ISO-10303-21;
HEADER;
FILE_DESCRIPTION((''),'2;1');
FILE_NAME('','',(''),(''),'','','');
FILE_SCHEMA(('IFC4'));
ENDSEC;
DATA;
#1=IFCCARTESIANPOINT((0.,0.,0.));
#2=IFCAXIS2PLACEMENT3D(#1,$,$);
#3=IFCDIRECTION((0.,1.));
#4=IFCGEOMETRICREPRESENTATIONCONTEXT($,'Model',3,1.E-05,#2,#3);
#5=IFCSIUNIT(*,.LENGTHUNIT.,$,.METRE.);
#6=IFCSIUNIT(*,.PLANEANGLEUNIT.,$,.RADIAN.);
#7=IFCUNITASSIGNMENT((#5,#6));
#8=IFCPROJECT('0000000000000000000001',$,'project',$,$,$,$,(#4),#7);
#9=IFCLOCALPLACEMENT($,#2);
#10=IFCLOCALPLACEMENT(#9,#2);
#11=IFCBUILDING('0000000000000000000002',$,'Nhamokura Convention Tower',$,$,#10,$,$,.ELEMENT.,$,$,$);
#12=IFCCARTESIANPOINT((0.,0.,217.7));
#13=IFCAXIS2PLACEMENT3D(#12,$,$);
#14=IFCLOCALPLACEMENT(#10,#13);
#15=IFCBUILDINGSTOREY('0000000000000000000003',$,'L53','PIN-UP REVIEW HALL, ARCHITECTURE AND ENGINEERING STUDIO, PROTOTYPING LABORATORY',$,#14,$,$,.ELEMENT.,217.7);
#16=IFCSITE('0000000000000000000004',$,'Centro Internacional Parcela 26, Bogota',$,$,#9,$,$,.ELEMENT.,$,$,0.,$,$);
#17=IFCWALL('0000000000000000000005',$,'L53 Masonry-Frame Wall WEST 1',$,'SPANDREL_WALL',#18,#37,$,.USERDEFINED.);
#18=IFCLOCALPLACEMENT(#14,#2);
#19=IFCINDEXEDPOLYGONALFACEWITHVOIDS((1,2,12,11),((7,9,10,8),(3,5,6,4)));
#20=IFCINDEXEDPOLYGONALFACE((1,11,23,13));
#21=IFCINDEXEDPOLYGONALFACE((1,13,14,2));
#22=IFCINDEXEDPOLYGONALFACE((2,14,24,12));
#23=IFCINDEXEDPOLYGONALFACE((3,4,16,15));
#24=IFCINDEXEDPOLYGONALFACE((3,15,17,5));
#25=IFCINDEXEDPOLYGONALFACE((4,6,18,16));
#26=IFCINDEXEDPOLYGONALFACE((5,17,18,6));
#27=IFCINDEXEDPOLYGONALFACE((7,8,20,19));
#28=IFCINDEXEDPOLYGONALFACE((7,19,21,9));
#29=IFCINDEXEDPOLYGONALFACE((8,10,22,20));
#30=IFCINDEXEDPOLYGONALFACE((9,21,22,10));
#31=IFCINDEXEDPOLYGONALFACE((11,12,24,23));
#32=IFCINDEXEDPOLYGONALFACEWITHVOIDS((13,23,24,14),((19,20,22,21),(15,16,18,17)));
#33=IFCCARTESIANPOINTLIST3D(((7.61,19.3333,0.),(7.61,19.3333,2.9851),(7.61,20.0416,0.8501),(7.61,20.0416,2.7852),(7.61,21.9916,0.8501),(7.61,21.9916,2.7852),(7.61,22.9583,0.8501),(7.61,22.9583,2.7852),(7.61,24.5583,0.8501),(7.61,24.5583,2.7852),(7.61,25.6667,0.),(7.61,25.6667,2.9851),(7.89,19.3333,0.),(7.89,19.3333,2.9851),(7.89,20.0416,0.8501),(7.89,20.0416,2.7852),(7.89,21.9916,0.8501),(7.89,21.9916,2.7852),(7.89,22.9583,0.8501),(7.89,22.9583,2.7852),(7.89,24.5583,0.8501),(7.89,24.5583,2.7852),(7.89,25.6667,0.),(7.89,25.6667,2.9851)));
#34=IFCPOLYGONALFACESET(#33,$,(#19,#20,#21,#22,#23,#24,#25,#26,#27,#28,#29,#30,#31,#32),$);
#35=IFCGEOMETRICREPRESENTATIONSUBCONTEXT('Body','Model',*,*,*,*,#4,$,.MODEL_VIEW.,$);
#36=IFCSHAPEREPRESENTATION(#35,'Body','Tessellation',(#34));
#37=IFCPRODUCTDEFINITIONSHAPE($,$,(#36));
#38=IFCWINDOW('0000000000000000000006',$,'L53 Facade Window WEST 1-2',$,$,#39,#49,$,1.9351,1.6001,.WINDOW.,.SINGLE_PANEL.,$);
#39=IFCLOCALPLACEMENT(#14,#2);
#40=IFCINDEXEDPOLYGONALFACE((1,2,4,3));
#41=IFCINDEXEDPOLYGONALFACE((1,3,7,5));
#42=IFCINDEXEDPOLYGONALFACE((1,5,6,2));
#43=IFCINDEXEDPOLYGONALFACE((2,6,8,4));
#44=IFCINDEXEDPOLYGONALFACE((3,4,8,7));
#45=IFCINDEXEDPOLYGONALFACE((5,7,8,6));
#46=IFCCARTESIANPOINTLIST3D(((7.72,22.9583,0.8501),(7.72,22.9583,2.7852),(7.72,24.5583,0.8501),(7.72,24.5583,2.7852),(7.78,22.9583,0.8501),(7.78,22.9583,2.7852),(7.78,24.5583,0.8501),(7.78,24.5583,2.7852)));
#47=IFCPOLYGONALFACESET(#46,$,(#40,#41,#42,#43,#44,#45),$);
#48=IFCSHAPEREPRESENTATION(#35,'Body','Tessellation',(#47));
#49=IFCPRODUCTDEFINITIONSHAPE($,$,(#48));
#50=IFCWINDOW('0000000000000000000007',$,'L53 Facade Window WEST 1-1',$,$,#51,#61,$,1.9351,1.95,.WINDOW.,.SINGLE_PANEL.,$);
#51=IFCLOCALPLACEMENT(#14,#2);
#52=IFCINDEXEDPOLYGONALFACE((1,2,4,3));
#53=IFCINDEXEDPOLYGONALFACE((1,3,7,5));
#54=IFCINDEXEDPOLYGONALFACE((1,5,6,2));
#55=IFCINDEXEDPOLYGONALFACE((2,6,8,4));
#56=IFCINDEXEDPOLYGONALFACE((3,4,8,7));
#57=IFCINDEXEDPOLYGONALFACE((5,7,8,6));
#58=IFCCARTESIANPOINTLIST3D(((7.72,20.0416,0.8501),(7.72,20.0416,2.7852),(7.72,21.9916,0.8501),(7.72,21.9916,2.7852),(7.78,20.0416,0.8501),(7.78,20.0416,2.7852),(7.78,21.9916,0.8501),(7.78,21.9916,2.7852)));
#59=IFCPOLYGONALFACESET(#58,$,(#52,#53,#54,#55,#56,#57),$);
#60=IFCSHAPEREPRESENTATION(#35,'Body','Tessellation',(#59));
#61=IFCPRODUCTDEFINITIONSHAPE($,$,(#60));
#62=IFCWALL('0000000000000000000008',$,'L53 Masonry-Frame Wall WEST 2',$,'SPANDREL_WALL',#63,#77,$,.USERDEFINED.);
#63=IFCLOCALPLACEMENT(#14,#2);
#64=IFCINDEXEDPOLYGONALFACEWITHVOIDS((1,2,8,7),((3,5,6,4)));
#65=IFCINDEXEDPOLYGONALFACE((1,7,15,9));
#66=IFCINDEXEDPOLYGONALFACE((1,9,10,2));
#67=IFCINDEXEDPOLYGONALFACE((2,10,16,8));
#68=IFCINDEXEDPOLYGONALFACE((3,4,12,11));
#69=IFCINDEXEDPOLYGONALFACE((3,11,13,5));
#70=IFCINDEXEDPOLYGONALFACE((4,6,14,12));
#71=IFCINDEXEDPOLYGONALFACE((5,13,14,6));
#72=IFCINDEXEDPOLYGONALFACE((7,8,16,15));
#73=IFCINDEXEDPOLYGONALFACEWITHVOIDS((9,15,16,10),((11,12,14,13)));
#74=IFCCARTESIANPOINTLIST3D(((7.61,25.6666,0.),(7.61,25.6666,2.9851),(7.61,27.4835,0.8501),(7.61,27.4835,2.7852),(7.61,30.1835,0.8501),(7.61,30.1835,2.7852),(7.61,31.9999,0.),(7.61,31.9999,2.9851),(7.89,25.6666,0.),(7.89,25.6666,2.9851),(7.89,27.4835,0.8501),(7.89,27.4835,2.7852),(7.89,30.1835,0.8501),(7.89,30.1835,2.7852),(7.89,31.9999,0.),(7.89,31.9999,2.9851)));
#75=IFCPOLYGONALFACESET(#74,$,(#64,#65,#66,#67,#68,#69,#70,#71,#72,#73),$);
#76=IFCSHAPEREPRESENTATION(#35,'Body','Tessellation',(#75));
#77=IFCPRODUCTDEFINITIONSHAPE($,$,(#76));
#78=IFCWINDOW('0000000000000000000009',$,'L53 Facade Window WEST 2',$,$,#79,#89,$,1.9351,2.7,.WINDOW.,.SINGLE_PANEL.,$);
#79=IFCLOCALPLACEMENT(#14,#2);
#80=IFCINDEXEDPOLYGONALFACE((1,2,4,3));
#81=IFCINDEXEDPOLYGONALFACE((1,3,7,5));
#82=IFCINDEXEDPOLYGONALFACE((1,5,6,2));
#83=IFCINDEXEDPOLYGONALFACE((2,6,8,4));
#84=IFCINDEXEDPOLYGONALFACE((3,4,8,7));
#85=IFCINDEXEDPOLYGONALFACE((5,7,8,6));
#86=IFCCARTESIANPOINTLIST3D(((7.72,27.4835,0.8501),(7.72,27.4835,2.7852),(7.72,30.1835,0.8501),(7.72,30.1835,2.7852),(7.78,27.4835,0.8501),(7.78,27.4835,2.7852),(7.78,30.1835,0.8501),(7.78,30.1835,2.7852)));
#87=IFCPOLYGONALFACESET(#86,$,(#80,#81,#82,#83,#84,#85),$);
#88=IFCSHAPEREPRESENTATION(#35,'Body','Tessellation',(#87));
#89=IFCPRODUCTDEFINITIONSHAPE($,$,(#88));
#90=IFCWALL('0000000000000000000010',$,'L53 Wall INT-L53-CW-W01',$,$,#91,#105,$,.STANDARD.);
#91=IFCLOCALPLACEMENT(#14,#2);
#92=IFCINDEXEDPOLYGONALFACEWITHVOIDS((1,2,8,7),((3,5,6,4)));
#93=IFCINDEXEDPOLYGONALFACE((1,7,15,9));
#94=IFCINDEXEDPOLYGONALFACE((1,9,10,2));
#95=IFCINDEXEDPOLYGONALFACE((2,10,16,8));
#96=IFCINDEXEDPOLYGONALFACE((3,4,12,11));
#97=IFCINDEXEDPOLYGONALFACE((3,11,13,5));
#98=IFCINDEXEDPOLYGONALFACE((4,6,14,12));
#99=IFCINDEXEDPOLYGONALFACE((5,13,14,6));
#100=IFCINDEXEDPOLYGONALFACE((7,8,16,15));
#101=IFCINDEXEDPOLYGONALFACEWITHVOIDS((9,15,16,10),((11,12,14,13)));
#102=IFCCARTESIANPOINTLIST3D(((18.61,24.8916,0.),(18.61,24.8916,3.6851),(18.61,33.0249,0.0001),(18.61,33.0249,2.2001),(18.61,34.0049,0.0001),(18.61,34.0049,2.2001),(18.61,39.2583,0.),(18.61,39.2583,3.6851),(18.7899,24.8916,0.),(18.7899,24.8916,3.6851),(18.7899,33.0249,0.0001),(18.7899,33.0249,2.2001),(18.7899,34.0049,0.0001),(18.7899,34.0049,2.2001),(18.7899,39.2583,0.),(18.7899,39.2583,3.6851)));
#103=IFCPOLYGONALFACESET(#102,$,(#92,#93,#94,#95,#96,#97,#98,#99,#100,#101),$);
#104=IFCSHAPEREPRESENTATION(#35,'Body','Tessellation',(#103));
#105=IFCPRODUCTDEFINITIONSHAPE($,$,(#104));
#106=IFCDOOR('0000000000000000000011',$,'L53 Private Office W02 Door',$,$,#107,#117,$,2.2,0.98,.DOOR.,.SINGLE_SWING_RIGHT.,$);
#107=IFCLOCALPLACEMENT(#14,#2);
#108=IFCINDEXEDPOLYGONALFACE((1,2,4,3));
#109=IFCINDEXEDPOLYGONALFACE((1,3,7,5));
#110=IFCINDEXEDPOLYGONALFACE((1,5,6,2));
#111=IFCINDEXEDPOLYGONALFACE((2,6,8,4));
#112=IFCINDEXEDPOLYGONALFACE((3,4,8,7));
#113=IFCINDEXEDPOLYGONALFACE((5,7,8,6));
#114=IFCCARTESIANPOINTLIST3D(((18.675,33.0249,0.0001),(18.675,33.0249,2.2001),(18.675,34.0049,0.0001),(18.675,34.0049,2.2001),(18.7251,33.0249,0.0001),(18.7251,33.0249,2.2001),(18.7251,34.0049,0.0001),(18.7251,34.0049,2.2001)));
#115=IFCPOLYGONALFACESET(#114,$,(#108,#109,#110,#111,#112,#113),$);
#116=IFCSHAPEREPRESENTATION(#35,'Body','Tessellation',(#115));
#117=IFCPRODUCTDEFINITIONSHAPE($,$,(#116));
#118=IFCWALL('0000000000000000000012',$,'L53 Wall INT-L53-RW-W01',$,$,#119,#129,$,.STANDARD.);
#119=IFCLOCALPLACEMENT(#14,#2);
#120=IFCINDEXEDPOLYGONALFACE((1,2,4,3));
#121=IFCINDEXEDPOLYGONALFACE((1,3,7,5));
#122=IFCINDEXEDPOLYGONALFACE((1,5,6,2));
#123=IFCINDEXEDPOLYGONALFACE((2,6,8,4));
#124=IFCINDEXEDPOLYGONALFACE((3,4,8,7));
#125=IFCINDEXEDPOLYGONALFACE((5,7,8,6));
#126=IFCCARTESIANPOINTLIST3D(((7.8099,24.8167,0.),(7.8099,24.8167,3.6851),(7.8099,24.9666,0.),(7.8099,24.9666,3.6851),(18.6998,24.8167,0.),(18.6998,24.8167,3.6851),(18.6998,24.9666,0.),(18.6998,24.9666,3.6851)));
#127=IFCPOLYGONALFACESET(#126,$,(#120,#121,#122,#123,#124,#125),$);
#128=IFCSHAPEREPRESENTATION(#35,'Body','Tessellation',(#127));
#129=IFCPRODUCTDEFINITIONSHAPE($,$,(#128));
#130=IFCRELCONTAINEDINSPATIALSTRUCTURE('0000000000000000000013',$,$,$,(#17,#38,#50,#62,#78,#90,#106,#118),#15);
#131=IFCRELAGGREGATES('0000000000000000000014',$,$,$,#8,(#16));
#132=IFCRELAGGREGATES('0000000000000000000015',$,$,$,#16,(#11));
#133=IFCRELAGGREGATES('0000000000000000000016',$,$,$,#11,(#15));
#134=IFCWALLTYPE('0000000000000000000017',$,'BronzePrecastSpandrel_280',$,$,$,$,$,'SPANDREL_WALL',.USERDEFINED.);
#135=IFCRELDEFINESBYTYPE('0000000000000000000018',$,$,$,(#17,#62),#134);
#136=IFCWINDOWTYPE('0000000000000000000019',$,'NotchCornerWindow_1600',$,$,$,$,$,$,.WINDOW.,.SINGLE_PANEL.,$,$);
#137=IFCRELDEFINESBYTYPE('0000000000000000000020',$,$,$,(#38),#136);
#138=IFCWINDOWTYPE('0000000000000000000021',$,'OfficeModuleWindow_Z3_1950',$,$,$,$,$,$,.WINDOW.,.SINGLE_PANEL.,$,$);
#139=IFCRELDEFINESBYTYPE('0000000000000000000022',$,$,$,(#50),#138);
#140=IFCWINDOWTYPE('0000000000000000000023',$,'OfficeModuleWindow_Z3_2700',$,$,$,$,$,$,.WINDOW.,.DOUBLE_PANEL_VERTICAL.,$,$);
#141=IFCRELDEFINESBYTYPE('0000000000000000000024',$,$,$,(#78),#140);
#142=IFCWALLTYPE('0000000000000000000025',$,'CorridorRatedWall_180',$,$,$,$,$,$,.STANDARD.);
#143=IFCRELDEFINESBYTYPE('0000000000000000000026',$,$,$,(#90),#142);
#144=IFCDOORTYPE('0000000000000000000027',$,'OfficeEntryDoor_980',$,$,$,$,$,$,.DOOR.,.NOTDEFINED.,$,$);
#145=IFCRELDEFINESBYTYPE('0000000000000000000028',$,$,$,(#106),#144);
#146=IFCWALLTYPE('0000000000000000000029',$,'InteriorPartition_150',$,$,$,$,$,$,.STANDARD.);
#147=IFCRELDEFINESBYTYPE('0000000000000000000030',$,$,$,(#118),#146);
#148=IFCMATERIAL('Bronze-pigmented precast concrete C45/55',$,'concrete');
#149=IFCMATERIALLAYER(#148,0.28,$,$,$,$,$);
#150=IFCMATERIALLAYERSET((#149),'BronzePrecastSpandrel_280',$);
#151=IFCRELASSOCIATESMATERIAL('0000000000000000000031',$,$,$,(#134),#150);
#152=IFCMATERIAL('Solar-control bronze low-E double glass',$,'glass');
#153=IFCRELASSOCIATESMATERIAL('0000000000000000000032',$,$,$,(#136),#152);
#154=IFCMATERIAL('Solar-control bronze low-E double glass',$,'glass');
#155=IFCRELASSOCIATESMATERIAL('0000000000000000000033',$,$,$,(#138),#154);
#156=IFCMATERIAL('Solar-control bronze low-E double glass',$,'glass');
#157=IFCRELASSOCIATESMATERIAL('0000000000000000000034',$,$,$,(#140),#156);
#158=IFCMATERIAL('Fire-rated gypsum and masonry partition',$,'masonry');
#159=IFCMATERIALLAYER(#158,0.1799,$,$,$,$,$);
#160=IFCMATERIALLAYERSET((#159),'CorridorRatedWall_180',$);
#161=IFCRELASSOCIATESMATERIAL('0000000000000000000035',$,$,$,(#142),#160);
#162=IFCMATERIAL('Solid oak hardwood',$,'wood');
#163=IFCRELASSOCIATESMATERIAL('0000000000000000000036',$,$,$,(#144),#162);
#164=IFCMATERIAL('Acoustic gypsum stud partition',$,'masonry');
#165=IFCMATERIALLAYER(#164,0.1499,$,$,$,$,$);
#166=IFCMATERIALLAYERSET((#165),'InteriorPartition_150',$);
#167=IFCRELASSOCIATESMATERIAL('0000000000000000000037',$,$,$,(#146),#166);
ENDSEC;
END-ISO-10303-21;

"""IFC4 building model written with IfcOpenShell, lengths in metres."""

from ifc_helpers import new_model, si_unit, direction, frame, frame_2d, origin, place, context, subcontext, project, spatial, rectangle, extrude, material, layer, layer_set, type_object, element, fill, save


model = new_model("IFC4")

# Units and contexts
model_context = context("Model", 3, precision=1e-05, world=origin(), true_north=direction((0.0, 1.0)))
body_context = subcontext(model_context, "Body", "Model", "MODEL_VIEW")
ifc_project = project(units=[si_unit("LENGTHUNIT", "METRE"), si_unit("PLANEANGLEUNIT", "RADIAN")], contexts=[model_context])

# Site, building, storey
site_placement = place(None, origin())
site = spatial("IfcSite", under=ifc_project, at=site_placement, Name="Centro Internacional Parcela 26, Bogota", CompositionType="ELEMENT", RefElevation=0.0)
building_placement = place(site_placement, origin())
building = spatial("IfcBuilding", under=site, at=building_placement, Name="Nhamokura Convention Tower", CompositionType="ELEMENT")
storey_placement = place(building_placement, frame((0.0, 0.0, 217.7)))
storey = spatial("IfcBuildingStorey", under=building, at=storey_placement, Name="L53", Description="PIN-UP REVIEW HALL, ARCHITECTURE AND ENGINEERING STUDIO, PROTOTYPING LABORATORY", CompositionType="ELEMENT", Elevation=217.7)

# Wall, openings, windows
ifc_material_1 = material(Name="Bronze-pigmented precast concrete C45/55", Category="concrete")
ifc_layer_1 = layer(ifc_material_1, 0.28)
ifc_layer_set_1 = layer_set([ifc_layer_1], Name="BronzePrecastSpandrel_280")
wall_type_1 = type_object("IfcWallType", Name="BronzePrecastSpandrel_280", ElementType="SPANDREL_WALL", PredefinedType="USERDEFINED", material=ifc_layer_set_1)
wall_1_placement = place(storey_placement, frame((7.75, 19.3333, 0.0), z_axis=(0.0, 0.0, 1.0), x_axis=(0.0, 1.0, 0.0)))
wall_1 = element("IfcWall", 1, at=wall_1_placement, inside=storey, type_object=wall_type_1, Name="L53 Masonry-Frame Wall WEST 1", ObjectType="SPANDREL_WALL", PredefinedType="USERDEFINED", context=body_context, shape_type="SweptSolid", body=[
    extrude(rectangle(XDim=6.3335, YDim=0.28, at=frame_2d((3.1667, 0.0))), origin(), (0.0, 0.0, 1.0), 2.9851),
])
opening_1_placement = place(wall_1_placement, frame((0.7083, 0.0, 0.8501)))
opening_1 = element("IfcOpeningElement", 2, at=opening_1_placement, cuts=wall_1, PredefinedType="OPENING", context=body_context, shape_type="SweptSolid", body=[
    extrude(rectangle(XDim=1.95, YDim=1.9351, at=frame_2d((0.9751, 0.9675))), frame((0.0, 0.1499, 0.0), z_axis=(0.0, -1.0, 0.0), x_axis=(1.0, 0.0, 0.0)), (0.0, 0.0, 1.0), 0.3),
])
opening_2_placement = place(wall_1_placement, frame((3.625, 0.0, 0.8501)))
opening_2 = element("IfcOpeningElement", 3, at=opening_2_placement, cuts=wall_1, PredefinedType="OPENING", context=body_context, shape_type="SweptSolid", body=[
    extrude(rectangle(XDim=1.6001, YDim=1.9351, at=frame_2d((0.8, 0.9675))), frame((0.0, 0.1499, 0.0), z_axis=(0.0, -1.0, 0.0), x_axis=(1.0, 0.0, 0.0)), (0.0, 0.0, 1.0), 0.3),
])
ifc_material_2 = material(Name="Solar-control bronze low-E double glass", Category="glass")
window_type_1 = type_object("IfcWindowType", Name="NotchCornerWindow_1600", PartitioningType="SINGLE_PANEL", PredefinedType="WINDOW", material=ifc_material_2)
window_1_placement = place(opening_2_placement, origin())
window_1 = element("IfcWindow", 4, at=window_1_placement, inside=storey, type_object=window_type_1, Name="L53 Facade Window WEST 1-2", OverallHeight=1.9351, OverallWidth=1.6001, PartitioningType="SINGLE_PANEL", PredefinedType="WINDOW", context=body_context, shape_type="SweptSolid", body=[
    extrude(rectangle(XDim=1.6001, YDim=1.9351, at=frame_2d((0.8, 0.9675))), frame((0.0, 0.03, 0.0), z_axis=(0.0, -1.0, 0.0), x_axis=(1.0, 0.0, 0.0)), (0.0, 0.0, 1.0), 0.0601),
])
fill(opening_2, window_1)
ifc_material_3 = material(Name="Solar-control bronze low-E double glass", Category="glass")
window_type_2 = type_object("IfcWindowType", Name="OfficeModuleWindow_Z3_1950", PartitioningType="SINGLE_PANEL", PredefinedType="WINDOW", material=ifc_material_3)
window_2_placement = place(opening_1_placement, origin())
window_2 = element("IfcWindow", 5, at=window_2_placement, inside=storey, type_object=window_type_2, Name="L53 Facade Window WEST 1-1", OverallHeight=1.9351, OverallWidth=1.95, PartitioningType="SINGLE_PANEL", PredefinedType="WINDOW", context=body_context, shape_type="SweptSolid", body=[
    extrude(rectangle(XDim=1.95, YDim=1.9351, at=frame_2d((0.9751, 0.9675))), frame((0.0, 0.03, 0.0), z_axis=(0.0, -1.0, 0.0), x_axis=(1.0, 0.0, 0.0)), (0.0, 0.0, 1.0), 0.0601),
])
fill(opening_1, window_2)

# Wall, opening, window
wall_2_placement = place(storey_placement, frame((7.75, 25.6667, 0.0), z_axis=(0.0, 0.0, 1.0), x_axis=(0.0, 1.0, 0.0)))
wall_2 = element("IfcWall", 6, at=wall_2_placement, inside=storey, type_object=wall_type_1, Name="L53 Masonry-Frame Wall WEST 2", ObjectType="SPANDREL_WALL", PredefinedType="USERDEFINED", context=body_context, shape_type="SweptSolid", body=[
    extrude(rectangle(XDim=6.3333, YDim=0.28, at=frame_2d((3.1665, 0.0))), origin(), (0.0, 0.0, 1.0), 2.9851),
])
opening_3_placement = place(wall_2_placement, frame((1.8167, 0.0, 0.8501)))
opening_3 = element("IfcOpeningElement", 7, at=opening_3_placement, cuts=wall_2, PredefinedType="OPENING", context=body_context, shape_type="SweptSolid", body=[
    extrude(rectangle(XDim=2.7, YDim=1.9351, at=frame_2d((1.3501, 0.9675))), frame((0.0, 0.1499, 0.0), z_axis=(0.0, -1.0, 0.0), x_axis=(1.0, 0.0, 0.0)), (0.0, 0.0, 1.0), 0.3),
])
ifc_material_4 = material(Name="Solar-control bronze low-E double glass", Category="glass")
window_type_3 = type_object("IfcWindowType", Name="OfficeModuleWindow_Z3_2700", PartitioningType="DOUBLE_PANEL_VERTICAL", PredefinedType="WINDOW", material=ifc_material_4)
window_3_placement = place(opening_3_placement, origin())
window_3 = element("IfcWindow", 8, at=window_3_placement, inside=storey, type_object=window_type_3, Name="L53 Facade Window WEST 2", OverallHeight=1.9351, OverallWidth=2.7, PartitioningType="SINGLE_PANEL", PredefinedType="WINDOW", context=body_context, shape_type="SweptSolid", body=[
    extrude(rectangle(XDim=2.7, YDim=1.9351, at=frame_2d((1.3501, 0.9675))), frame((0.0, 0.03, 0.0), z_axis=(0.0, -1.0, 0.0), x_axis=(1.0, 0.0, 0.0)), (0.0, 0.0, 1.0), 0.0601),
])
fill(opening_3, window_3)

# Wall, opening, door
ifc_material_5 = material(Name="Fire-rated gypsum and masonry partition", Category="masonry")
ifc_layer_2 = layer(ifc_material_5, 0.1799)
ifc_layer_set_2 = layer_set([ifc_layer_2], Name="CorridorRatedWall_180")
wall_type_2 = type_object("IfcWallType", Name="CorridorRatedWall_180", PredefinedType="STANDARD", material=ifc_layer_set_2)
wall_3_placement = place(storey_placement, frame((18.7, 24.8916, 0.0), z_axis=(0.0, 0.0, 1.0), x_axis=(0.0, 1.0, 0.0)))
wall_3 = element("IfcWall", 9, at=wall_3_placement, inside=storey, type_object=wall_type_2, Name="L53 Wall INT-L53-CW-W01", PredefinedType="STANDARD", context=body_context, shape_type="SweptSolid", body=[
    extrude(rectangle(XDim=14.3667, YDim=0.1799, at=frame_2d((7.1833, 0.0))), origin(), (0.0, 0.0, 1.0), 3.6851),
])
opening_4_placement = place(wall_3_placement, frame((8.1333, 0.0, 0.0)))
opening_4 = element("IfcOpeningElement", 10, at=opening_4_placement, cuts=wall_3, PredefinedType="OPENING", context=body_context, shape_type="SweptSolid", body=[
    extrude(rectangle(XDim=0.98, YDim=2.2, at=frame_2d((0.49, 1.1001))), frame((0.0, 0.0999, 0.0), z_axis=(0.0, -1.0, 0.0), x_axis=(1.0, 0.0, 0.0)), (0.0, 0.0, 1.0), 0.2),
])
ifc_material_6 = material(Name="Solid oak hardwood", Category="wood")
door_type_1 = type_object("IfcDoorType", Name="OfficeEntryDoor_980", OperationType="NOTDEFINED", PredefinedType="DOOR", material=ifc_material_6)
door_1_placement = place(opening_4_placement, origin())
door_1 = element("IfcDoor", 11, at=door_1_placement, inside=storey, type_object=door_type_1, Name="L53 Private Office W02 Door", OperationType="SINGLE_SWING_RIGHT", OverallHeight=2.2, OverallWidth=0.98, PredefinedType="DOOR", context=body_context, shape_type="SweptSolid", body=[
    extrude(rectangle(XDim=0.98, YDim=2.2, at=frame_2d((0.49, 1.1001))), frame((0.0, 0.0249, 0.0), z_axis=(0.0, -1.0, 0.0), x_axis=(1.0, 0.0, 0.0)), (0.0, 0.0, 1.0), 0.05),
])
fill(opening_4, door_1)

# Wall
ifc_material_7 = material(Name="Acoustic gypsum stud partition", Category="masonry")
ifc_layer_3 = layer(ifc_material_7, 0.1499)
ifc_layer_set_3 = layer_set([ifc_layer_3], Name="InteriorPartition_150")
wall_type_3 = type_object("IfcWallType", Name="InteriorPartition_150", PredefinedType="STANDARD", material=ifc_layer_set_3)
wall_4_placement = place(storey_placement, frame((7.8101, 24.8916, 0.0), z_axis=(0.0, 0.0, 1.0), x_axis=(1.0, 0.0, 0.0)))
element("IfcWall", 12, at=wall_4_placement, inside=storey, type_object=wall_type_3, Name="L53 Wall INT-L53-RW-W01", PredefinedType="STANDARD", context=body_context, shape_type="SweptSolid", body=[
    extrude(rectangle(XDim=10.8899, YDim=0.1499, at=frame_2d((5.4448, 0.0))), origin(), (0.0, 0.0, 1.0), 3.6851),
])

save(model, "model.ifc")
